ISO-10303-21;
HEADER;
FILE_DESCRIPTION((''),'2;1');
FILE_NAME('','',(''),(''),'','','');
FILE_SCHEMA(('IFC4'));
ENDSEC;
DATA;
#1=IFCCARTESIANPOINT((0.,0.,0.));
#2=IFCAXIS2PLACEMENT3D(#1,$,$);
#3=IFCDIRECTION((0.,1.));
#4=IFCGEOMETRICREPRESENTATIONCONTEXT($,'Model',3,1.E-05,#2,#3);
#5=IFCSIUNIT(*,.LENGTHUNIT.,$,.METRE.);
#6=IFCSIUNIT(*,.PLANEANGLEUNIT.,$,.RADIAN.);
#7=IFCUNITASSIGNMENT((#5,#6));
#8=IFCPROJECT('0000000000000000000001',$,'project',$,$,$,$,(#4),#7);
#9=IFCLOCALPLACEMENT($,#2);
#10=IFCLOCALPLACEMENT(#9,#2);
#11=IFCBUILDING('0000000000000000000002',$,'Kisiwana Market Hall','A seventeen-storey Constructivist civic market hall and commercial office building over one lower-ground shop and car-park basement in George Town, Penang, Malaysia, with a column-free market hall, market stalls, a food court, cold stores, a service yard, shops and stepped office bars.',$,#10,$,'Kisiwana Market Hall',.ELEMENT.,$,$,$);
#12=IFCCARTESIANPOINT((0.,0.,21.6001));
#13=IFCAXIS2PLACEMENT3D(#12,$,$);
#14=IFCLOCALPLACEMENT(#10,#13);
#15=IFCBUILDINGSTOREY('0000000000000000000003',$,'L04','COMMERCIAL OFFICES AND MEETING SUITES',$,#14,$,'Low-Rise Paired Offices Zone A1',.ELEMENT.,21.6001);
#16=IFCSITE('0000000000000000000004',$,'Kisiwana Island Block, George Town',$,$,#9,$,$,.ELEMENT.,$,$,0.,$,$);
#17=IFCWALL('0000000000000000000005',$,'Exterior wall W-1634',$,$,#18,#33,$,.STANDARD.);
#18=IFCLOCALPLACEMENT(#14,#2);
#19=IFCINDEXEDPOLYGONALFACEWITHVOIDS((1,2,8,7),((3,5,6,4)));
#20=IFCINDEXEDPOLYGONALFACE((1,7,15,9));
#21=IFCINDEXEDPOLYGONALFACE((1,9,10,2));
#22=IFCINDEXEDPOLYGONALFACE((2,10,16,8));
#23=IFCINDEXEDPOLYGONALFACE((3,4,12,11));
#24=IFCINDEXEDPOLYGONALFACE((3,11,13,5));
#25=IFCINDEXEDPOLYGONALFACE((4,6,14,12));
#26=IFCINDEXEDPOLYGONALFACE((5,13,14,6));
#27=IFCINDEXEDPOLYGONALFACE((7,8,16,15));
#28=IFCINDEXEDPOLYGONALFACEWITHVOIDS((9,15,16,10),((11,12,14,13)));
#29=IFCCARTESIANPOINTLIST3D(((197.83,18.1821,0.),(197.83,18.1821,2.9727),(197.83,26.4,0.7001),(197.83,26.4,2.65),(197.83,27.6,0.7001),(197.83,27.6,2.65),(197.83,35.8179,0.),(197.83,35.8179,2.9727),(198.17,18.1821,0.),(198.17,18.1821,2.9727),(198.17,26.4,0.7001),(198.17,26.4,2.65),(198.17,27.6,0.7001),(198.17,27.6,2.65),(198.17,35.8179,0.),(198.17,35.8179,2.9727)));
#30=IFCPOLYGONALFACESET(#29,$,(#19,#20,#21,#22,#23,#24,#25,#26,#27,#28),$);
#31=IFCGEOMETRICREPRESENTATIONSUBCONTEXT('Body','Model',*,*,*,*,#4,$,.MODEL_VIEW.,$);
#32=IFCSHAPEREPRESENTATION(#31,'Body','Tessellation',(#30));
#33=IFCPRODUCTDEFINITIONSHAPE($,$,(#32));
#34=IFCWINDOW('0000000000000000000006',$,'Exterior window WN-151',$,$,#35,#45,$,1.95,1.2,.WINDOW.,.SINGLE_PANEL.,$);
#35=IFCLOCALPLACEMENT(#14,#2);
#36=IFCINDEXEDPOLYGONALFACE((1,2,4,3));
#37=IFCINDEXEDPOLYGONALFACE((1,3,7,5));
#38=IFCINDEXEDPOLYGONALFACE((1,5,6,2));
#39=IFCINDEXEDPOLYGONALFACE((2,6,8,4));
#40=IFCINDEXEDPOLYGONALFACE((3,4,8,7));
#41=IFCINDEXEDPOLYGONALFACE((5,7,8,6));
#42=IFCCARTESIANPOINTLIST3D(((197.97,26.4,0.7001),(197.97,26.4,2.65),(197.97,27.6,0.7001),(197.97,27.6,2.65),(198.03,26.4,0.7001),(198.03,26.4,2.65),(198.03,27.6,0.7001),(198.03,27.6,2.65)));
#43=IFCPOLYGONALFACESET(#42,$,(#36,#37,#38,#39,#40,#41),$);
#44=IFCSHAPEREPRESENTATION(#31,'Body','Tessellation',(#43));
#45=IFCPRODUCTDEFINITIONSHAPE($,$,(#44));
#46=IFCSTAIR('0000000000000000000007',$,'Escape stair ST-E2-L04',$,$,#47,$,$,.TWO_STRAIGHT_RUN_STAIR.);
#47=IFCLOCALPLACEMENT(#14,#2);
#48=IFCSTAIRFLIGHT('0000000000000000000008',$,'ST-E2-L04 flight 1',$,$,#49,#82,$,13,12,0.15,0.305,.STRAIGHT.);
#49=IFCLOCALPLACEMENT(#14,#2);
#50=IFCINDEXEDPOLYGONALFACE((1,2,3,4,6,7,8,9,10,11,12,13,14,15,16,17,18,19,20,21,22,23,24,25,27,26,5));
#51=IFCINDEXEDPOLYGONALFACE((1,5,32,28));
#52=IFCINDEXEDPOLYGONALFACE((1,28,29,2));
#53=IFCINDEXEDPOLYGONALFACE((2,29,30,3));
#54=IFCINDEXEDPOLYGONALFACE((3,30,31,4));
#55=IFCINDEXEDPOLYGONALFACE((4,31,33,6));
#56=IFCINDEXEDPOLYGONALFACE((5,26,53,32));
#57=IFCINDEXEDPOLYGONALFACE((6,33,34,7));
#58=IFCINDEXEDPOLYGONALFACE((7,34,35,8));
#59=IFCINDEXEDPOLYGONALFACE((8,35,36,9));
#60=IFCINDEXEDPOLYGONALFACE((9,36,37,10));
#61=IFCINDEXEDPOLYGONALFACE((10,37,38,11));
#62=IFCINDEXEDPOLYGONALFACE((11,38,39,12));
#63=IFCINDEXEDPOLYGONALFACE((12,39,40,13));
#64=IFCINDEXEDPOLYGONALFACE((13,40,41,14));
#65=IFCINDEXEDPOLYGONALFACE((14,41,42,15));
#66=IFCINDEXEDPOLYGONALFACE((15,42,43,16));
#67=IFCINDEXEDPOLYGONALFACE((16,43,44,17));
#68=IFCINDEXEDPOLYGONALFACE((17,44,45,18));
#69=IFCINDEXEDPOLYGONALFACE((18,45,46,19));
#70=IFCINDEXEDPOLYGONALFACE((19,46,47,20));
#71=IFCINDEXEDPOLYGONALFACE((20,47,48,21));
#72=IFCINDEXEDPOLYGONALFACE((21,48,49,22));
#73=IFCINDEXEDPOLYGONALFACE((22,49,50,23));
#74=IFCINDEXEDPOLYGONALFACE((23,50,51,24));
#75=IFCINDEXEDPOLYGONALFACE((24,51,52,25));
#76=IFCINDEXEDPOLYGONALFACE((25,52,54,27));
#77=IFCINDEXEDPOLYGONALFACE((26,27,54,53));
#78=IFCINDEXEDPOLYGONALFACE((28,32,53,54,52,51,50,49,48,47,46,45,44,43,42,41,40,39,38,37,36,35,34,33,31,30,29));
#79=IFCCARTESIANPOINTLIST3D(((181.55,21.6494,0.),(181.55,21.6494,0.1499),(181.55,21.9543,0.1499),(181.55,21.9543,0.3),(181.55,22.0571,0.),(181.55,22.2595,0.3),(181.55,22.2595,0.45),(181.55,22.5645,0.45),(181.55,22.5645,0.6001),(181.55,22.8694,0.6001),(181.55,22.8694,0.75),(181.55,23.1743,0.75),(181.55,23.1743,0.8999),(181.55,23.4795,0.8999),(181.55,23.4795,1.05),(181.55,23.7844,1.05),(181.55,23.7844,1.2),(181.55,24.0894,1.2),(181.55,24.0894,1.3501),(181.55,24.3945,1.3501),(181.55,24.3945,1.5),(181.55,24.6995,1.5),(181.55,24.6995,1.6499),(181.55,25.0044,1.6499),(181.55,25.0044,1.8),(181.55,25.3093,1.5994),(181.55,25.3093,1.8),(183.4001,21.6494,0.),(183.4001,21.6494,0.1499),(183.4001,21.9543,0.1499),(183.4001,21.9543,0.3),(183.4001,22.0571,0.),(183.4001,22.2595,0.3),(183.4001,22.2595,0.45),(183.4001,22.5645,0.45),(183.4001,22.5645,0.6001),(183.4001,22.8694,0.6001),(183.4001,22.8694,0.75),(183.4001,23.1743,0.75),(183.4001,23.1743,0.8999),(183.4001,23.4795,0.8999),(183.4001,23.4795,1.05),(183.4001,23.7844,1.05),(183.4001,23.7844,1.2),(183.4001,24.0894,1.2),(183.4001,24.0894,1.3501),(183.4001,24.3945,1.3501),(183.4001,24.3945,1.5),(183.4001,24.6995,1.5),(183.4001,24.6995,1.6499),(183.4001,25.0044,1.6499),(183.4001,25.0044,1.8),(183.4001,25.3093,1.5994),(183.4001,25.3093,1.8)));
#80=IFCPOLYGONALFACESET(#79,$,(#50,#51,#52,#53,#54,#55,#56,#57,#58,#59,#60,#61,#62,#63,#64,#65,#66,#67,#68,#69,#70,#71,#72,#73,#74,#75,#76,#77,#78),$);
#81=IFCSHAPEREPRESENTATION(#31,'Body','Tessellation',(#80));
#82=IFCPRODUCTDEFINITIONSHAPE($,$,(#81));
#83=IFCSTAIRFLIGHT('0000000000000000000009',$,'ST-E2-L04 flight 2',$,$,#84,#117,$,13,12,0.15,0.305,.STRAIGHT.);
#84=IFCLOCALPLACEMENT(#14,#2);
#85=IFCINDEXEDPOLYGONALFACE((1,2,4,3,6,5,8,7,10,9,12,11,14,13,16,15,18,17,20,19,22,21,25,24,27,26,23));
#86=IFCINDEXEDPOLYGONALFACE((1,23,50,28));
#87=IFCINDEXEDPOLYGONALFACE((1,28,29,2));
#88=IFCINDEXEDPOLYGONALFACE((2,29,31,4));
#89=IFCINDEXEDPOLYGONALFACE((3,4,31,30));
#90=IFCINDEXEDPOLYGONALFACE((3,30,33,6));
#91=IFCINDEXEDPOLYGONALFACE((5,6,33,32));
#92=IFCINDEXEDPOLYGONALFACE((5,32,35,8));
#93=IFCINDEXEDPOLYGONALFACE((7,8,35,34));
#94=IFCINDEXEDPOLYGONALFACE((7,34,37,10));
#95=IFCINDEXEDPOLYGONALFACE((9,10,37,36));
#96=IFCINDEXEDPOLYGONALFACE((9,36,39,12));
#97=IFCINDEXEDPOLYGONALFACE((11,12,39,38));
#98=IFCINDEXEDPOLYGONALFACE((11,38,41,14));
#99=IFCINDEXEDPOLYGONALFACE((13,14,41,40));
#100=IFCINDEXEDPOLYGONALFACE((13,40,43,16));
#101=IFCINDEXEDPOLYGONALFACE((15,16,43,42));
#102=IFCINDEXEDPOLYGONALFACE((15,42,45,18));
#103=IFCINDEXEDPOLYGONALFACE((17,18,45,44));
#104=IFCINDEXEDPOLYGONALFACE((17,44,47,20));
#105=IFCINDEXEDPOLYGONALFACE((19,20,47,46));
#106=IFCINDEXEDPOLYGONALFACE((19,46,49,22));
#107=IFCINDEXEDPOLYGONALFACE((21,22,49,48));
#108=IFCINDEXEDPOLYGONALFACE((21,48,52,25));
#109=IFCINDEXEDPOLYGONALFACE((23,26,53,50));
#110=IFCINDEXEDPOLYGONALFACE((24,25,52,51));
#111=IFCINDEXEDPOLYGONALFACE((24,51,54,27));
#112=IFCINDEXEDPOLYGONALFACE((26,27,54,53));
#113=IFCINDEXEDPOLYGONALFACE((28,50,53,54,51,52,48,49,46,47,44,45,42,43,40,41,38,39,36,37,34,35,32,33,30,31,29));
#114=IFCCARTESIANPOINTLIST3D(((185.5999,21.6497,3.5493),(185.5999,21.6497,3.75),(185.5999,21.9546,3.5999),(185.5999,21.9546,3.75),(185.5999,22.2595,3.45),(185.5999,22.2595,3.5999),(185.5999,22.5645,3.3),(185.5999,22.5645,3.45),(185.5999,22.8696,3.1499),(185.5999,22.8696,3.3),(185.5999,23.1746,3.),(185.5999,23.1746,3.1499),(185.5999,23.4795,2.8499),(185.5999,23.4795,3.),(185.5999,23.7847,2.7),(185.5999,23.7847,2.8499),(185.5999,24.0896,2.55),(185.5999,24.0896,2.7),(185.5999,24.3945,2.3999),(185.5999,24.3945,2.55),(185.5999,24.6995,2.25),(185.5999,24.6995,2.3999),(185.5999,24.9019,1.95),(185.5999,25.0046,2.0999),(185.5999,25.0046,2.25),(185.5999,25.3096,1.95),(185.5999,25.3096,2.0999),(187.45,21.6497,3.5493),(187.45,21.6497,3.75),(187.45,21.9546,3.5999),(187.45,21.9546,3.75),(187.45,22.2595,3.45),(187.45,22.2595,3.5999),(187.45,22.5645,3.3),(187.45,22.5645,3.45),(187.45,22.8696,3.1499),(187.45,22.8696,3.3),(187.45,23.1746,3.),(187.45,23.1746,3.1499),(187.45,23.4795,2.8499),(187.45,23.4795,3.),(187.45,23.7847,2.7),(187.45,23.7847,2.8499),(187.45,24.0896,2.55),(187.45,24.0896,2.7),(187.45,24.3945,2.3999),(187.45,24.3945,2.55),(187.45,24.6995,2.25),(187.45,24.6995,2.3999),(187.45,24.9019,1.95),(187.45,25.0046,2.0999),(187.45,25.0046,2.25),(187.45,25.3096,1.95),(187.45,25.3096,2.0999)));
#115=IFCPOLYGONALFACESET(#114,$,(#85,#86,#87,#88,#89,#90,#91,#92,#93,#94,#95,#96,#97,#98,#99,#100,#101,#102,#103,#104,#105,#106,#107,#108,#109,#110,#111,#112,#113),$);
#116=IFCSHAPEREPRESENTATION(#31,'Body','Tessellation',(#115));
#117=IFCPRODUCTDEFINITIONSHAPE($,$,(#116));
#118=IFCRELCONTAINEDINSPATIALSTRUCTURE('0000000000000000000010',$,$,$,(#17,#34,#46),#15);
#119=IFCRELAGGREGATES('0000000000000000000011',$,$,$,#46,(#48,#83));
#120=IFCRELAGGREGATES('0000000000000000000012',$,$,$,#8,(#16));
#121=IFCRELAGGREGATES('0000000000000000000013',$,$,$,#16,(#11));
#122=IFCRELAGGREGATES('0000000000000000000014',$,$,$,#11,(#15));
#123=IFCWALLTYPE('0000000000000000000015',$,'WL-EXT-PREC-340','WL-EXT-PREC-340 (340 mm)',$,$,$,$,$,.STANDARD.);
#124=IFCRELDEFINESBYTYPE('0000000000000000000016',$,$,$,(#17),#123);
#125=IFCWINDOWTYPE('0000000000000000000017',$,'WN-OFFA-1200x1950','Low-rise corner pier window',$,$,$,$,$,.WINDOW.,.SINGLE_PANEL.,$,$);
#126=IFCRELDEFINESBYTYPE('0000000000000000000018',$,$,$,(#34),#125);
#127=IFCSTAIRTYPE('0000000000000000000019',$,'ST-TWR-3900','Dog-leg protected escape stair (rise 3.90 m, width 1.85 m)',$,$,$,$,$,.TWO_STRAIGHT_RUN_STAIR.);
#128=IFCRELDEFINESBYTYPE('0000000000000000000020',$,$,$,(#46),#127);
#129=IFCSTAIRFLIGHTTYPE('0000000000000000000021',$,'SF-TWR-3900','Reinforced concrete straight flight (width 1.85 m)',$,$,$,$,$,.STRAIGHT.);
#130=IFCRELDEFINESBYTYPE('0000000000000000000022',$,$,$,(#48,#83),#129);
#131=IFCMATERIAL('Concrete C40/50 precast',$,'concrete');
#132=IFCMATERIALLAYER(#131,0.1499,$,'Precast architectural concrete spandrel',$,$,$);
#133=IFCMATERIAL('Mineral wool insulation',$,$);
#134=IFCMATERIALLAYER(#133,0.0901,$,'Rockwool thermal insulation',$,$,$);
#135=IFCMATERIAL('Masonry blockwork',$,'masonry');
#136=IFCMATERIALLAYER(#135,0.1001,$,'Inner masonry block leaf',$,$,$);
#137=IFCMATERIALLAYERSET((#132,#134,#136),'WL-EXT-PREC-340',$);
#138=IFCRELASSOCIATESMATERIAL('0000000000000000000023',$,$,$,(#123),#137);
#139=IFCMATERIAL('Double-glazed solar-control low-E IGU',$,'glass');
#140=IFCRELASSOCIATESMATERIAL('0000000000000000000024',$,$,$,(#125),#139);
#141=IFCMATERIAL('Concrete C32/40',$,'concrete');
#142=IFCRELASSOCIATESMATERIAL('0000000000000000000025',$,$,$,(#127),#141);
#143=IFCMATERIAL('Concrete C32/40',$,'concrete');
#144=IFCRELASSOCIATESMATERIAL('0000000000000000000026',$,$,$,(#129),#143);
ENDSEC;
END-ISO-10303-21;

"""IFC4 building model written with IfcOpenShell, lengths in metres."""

from ifc_helpers import new_model, si_unit, direction, frame, frame_2d, origin, place, context, subcontext, project, spatial, polyline, rectangle, outline, extrude, material, layer, layer_set, type_object, element, fill, aggregate, save


model = new_model("IFC4")

# Units and contexts
model_context = context("Model", 3, precision=1e-05, world=origin(), true_north=direction((0.0, 1.0)))
body_context = subcontext(model_context, "Body", "Model", "MODEL_VIEW")
ifc_project = project(units=[si_unit("LENGTHUNIT", "METRE"), si_unit("PLANEANGLEUNIT", "RADIAN")], contexts=[model_context])

# Site, building, storey
site_placement = place(None, origin())
site = spatial("IfcSite", under=ifc_project, at=site_placement, Name="Kisiwana Island Block, George Town", CompositionType="ELEMENT", RefElevation=0.0)
building_placement = place(site_placement, origin())
building = spatial("IfcBuilding", under=site, at=building_placement, Name="Kisiwana Market Hall", Description="A seventeen-storey Constructivist civic market hall and commercial office building over one lower-ground shop and car-park basement in George Town, Penang, Malaysia, with a column-free market hall, market stalls, a food court, cold stores, a service yard, shops and stepped office bars.", LongName="Kisiwana Market Hall", CompositionType="ELEMENT")
storey_placement = place(building_placement, frame((0.0, 0.0, 21.6001)))
storey = spatial("IfcBuildingStorey", under=building, at=storey_placement, Name="L04", Description="COMMERCIAL OFFICES AND MEETING SUITES", LongName="Low-Rise Paired Offices Zone A1", CompositionType="ELEMENT", Elevation=21.6001)

# Wall, opening, window
ifc_material_1 = material(Name="Concrete C40/50 precast", Category="concrete")
ifc_layer_1 = layer(ifc_material_1, 0.1499, Name="Precast architectural concrete spandrel")
ifc_material_2 = material(Name="Mineral wool insulation")
ifc_layer_2 = layer(ifc_material_2, 0.0901, Name="Rockwool thermal insulation")
ifc_material_3 = material(Name="Masonry blockwork", Category="masonry")
ifc_layer_3 = layer(ifc_material_3, 0.1001, Name="Inner masonry block leaf")
ifc_layer_set_1 = layer_set([ifc_layer_1, ifc_layer_2, ifc_layer_3], Name="WL-EXT-PREC-340")
wall_type_1 = type_object("IfcWallType", Name="WL-EXT-PREC-340", Description="WL-EXT-PREC-340 (340 mm)", PredefinedType="STANDARD", material=ifc_layer_set_1)
wall_1_placement = place(storey_placement, frame((198.0, 18.1821, 0.0), z_axis=(0.0, 0.0, 1.0), x_axis=(0.0, 1.0, 0.0)))
wall_1 = element("IfcWall", 1, at=wall_1_placement, inside=storey, type_object=wall_type_1, Name="Exterior wall W-1634", PredefinedType="STANDARD", context=body_context, shape_type="SweptSolid", body=[
    extrude(rectangle(XDim=17.6357, YDim=0.3401, at=frame_2d((8.8179, 0.0))), origin(), (0.0, 0.0, 1.0), 2.9727),
])
opening_1_placement = place(wall_1_placement, frame((8.2178, 0.0, 0.7)))
opening_1 = element("IfcOpeningElement", 2, at=opening_1_placement, cuts=wall_1, PredefinedType="OPENING", context=body_context, shape_type="SweptSolid", body=[
    extrude(rectangle(XDim=1.2, YDim=1.95, at=frame_2d((0.6001, 0.9751))), frame((0.0, 0.1821, 0.0), z_axis=(0.0, -1.0, 0.0), x_axis=(1.0, 0.0, 0.0)), (0.0, 0.0, 1.0), 0.364),
])
ifc_material_4 = material(Name="Double-glazed solar-control low-E IGU", Category="glass")
window_type_1 = type_object("IfcWindowType", Name="WN-OFFA-1200x1950", Description="Low-rise corner pier window", PartitioningType="SINGLE_PANEL", PredefinedType="WINDOW", material=ifc_material_4)
window_1_placement = place(opening_1_placement, origin())
window_1 = element("IfcWindow", 3, at=window_1_placement, inside=storey, type_object=window_type_1, Name="Exterior window WN-151", OverallHeight=1.95, OverallWidth=1.2, PartitioningType="SINGLE_PANEL", PredefinedType="WINDOW", context=body_context, shape_type="SweptSolid", body=[
    extrude(rectangle(XDim=1.2, YDim=1.95, at=frame_2d((0.6001, 0.9751))), frame((0.0, 0.03, 0.0), z_axis=(0.0, -1.0, 0.0), x_axis=(1.0, 0.0, 0.0)), (0.0, 0.0, 1.0), 0.0601),
])
fill(opening_1, window_1)

# Stair, stair flights
ifc_material_5 = material(Name="Concrete C32/40", Category="concrete")
stair_type = type_object("IfcStairType", Name="ST-TWR-3900", Description="Dog-leg protected escape stair (rise 3.90 m, width 1.85 m)", PredefinedType="TWO_STRAIGHT_RUN_STAIR", material=ifc_material_5)
stair_placement = place(storey_placement, origin())
stair = element("IfcStair", 4, at=stair_placement, inside=storey, type_object=stair_type, Name="Escape stair ST-E2-L04", PredefinedType="TWO_STRAIGHT_RUN_STAIR")
ifc_material_6 = material(Name="Concrete C32/40", Category="concrete")
stair_flight_type = type_object("IfcStairFlightType", Name="SF-TWR-3900", Description="Reinforced concrete straight flight (width 1.85 m)", PredefinedType="STRAIGHT", material=ifc_material_6)
stair_flight_1_placement = place(storey_placement, frame((182.4751, 21.6494, 0.0), z_axis=(0.0, 0.0, 1.0), x_axis=(0.0, 1.0, 0.0)))
stair_flight_1 = element("IfcStairFlight", 5, at=stair_flight_1_placement, type_object=stair_flight_type, Name="ST-E2-L04 flight 1", NumberOfRisers=13, NumberOfTreads=12, PredefinedType="STRAIGHT", RiserHeight=0.15, TreadLength=0.305, context=body_context, shape_type="SweptSolid", body=[
    extrude(outline(polyline([(0.0, 0.0), (0.0, 0.1499), (0.3049, 0.1499), (0.3049, 0.3), (0.6101, 0.3), (0.6101, 0.45), (0.915, 0.45), (0.915, 0.6001), (1.22, 0.6001), (1.22, 0.75), (1.5249, 0.75), (1.5249, 0.8999), (1.8301, 0.8999), (1.8301, 1.05), (2.135, 1.05), (2.135, 1.2), (2.4399, 1.2), (2.4399, 1.3501), (2.7451, 1.3501), (2.7451, 1.5), (3.05, 1.5), (3.05, 1.6499), (3.355, 1.6499), (3.355, 1.8), (3.6599, 1.8), (3.6599, 1.95), (3.6599, 1.5994), (0.4077, 0.0), (0.0, 0.0)])), frame((0.0, 0.925, 0.0), z_axis=(0.0, -1.0, 0.0), x_axis=(1.0, 0.0, 0.0)), (0.0, 0.0, 1.0), 1.8501),
])
stair_flight_2_placement = place(storey_placement, frame((186.5249, 25.3096, 1.95), z_axis=(0.0, 0.0, 1.0), x_axis=(0.0, -1.0, 0.0)))
stair_flight_2 = element("IfcStairFlight", 6, at=stair_flight_2_placement, type_object=stair_flight_type, Name="ST-E2-L04 flight 2", NumberOfRisers=13, NumberOfTreads=12, PredefinedType="STRAIGHT", RiserHeight=0.15, TreadLength=0.305, context=body_context, shape_type="SweptSolid", body=[
    extrude(outline(polyline([(0.0, 0.0), (0.0, 0.1499), (0.3049, 0.1499), (0.3049, 0.3), (0.6101, 0.3), (0.6101, 0.45), (0.915, 0.45), (0.915, 0.6001), (1.22, 0.6001), (1.22, 0.75), (1.5249, 0.75), (1.5249, 0.8999), (1.8301, 0.8999), (1.8301, 1.05), (2.135, 1.05), (2.135, 1.2), (2.4399, 1.2), (2.4399, 1.3501), (2.7451, 1.3501), (2.7451, 1.5), (3.05, 1.5), (3.05, 1.6499), (3.355, 1.6499), (3.355, 1.8), (3.6599, 1.8), (3.6599, 1.95), (3.6599, 1.5994), (0.4077, 0.0), (0.0, 0.0)])), frame((0.0, 0.925, 0.0), z_axis=(0.0, -1.0, 0.0), x_axis=(1.0, 0.0, 0.0)), (0.0, 0.0, 1.0), 1.8501),
])
aggregate(stair, [stair_flight_1, stair_flight_2])

save(model, "model.ifc")
